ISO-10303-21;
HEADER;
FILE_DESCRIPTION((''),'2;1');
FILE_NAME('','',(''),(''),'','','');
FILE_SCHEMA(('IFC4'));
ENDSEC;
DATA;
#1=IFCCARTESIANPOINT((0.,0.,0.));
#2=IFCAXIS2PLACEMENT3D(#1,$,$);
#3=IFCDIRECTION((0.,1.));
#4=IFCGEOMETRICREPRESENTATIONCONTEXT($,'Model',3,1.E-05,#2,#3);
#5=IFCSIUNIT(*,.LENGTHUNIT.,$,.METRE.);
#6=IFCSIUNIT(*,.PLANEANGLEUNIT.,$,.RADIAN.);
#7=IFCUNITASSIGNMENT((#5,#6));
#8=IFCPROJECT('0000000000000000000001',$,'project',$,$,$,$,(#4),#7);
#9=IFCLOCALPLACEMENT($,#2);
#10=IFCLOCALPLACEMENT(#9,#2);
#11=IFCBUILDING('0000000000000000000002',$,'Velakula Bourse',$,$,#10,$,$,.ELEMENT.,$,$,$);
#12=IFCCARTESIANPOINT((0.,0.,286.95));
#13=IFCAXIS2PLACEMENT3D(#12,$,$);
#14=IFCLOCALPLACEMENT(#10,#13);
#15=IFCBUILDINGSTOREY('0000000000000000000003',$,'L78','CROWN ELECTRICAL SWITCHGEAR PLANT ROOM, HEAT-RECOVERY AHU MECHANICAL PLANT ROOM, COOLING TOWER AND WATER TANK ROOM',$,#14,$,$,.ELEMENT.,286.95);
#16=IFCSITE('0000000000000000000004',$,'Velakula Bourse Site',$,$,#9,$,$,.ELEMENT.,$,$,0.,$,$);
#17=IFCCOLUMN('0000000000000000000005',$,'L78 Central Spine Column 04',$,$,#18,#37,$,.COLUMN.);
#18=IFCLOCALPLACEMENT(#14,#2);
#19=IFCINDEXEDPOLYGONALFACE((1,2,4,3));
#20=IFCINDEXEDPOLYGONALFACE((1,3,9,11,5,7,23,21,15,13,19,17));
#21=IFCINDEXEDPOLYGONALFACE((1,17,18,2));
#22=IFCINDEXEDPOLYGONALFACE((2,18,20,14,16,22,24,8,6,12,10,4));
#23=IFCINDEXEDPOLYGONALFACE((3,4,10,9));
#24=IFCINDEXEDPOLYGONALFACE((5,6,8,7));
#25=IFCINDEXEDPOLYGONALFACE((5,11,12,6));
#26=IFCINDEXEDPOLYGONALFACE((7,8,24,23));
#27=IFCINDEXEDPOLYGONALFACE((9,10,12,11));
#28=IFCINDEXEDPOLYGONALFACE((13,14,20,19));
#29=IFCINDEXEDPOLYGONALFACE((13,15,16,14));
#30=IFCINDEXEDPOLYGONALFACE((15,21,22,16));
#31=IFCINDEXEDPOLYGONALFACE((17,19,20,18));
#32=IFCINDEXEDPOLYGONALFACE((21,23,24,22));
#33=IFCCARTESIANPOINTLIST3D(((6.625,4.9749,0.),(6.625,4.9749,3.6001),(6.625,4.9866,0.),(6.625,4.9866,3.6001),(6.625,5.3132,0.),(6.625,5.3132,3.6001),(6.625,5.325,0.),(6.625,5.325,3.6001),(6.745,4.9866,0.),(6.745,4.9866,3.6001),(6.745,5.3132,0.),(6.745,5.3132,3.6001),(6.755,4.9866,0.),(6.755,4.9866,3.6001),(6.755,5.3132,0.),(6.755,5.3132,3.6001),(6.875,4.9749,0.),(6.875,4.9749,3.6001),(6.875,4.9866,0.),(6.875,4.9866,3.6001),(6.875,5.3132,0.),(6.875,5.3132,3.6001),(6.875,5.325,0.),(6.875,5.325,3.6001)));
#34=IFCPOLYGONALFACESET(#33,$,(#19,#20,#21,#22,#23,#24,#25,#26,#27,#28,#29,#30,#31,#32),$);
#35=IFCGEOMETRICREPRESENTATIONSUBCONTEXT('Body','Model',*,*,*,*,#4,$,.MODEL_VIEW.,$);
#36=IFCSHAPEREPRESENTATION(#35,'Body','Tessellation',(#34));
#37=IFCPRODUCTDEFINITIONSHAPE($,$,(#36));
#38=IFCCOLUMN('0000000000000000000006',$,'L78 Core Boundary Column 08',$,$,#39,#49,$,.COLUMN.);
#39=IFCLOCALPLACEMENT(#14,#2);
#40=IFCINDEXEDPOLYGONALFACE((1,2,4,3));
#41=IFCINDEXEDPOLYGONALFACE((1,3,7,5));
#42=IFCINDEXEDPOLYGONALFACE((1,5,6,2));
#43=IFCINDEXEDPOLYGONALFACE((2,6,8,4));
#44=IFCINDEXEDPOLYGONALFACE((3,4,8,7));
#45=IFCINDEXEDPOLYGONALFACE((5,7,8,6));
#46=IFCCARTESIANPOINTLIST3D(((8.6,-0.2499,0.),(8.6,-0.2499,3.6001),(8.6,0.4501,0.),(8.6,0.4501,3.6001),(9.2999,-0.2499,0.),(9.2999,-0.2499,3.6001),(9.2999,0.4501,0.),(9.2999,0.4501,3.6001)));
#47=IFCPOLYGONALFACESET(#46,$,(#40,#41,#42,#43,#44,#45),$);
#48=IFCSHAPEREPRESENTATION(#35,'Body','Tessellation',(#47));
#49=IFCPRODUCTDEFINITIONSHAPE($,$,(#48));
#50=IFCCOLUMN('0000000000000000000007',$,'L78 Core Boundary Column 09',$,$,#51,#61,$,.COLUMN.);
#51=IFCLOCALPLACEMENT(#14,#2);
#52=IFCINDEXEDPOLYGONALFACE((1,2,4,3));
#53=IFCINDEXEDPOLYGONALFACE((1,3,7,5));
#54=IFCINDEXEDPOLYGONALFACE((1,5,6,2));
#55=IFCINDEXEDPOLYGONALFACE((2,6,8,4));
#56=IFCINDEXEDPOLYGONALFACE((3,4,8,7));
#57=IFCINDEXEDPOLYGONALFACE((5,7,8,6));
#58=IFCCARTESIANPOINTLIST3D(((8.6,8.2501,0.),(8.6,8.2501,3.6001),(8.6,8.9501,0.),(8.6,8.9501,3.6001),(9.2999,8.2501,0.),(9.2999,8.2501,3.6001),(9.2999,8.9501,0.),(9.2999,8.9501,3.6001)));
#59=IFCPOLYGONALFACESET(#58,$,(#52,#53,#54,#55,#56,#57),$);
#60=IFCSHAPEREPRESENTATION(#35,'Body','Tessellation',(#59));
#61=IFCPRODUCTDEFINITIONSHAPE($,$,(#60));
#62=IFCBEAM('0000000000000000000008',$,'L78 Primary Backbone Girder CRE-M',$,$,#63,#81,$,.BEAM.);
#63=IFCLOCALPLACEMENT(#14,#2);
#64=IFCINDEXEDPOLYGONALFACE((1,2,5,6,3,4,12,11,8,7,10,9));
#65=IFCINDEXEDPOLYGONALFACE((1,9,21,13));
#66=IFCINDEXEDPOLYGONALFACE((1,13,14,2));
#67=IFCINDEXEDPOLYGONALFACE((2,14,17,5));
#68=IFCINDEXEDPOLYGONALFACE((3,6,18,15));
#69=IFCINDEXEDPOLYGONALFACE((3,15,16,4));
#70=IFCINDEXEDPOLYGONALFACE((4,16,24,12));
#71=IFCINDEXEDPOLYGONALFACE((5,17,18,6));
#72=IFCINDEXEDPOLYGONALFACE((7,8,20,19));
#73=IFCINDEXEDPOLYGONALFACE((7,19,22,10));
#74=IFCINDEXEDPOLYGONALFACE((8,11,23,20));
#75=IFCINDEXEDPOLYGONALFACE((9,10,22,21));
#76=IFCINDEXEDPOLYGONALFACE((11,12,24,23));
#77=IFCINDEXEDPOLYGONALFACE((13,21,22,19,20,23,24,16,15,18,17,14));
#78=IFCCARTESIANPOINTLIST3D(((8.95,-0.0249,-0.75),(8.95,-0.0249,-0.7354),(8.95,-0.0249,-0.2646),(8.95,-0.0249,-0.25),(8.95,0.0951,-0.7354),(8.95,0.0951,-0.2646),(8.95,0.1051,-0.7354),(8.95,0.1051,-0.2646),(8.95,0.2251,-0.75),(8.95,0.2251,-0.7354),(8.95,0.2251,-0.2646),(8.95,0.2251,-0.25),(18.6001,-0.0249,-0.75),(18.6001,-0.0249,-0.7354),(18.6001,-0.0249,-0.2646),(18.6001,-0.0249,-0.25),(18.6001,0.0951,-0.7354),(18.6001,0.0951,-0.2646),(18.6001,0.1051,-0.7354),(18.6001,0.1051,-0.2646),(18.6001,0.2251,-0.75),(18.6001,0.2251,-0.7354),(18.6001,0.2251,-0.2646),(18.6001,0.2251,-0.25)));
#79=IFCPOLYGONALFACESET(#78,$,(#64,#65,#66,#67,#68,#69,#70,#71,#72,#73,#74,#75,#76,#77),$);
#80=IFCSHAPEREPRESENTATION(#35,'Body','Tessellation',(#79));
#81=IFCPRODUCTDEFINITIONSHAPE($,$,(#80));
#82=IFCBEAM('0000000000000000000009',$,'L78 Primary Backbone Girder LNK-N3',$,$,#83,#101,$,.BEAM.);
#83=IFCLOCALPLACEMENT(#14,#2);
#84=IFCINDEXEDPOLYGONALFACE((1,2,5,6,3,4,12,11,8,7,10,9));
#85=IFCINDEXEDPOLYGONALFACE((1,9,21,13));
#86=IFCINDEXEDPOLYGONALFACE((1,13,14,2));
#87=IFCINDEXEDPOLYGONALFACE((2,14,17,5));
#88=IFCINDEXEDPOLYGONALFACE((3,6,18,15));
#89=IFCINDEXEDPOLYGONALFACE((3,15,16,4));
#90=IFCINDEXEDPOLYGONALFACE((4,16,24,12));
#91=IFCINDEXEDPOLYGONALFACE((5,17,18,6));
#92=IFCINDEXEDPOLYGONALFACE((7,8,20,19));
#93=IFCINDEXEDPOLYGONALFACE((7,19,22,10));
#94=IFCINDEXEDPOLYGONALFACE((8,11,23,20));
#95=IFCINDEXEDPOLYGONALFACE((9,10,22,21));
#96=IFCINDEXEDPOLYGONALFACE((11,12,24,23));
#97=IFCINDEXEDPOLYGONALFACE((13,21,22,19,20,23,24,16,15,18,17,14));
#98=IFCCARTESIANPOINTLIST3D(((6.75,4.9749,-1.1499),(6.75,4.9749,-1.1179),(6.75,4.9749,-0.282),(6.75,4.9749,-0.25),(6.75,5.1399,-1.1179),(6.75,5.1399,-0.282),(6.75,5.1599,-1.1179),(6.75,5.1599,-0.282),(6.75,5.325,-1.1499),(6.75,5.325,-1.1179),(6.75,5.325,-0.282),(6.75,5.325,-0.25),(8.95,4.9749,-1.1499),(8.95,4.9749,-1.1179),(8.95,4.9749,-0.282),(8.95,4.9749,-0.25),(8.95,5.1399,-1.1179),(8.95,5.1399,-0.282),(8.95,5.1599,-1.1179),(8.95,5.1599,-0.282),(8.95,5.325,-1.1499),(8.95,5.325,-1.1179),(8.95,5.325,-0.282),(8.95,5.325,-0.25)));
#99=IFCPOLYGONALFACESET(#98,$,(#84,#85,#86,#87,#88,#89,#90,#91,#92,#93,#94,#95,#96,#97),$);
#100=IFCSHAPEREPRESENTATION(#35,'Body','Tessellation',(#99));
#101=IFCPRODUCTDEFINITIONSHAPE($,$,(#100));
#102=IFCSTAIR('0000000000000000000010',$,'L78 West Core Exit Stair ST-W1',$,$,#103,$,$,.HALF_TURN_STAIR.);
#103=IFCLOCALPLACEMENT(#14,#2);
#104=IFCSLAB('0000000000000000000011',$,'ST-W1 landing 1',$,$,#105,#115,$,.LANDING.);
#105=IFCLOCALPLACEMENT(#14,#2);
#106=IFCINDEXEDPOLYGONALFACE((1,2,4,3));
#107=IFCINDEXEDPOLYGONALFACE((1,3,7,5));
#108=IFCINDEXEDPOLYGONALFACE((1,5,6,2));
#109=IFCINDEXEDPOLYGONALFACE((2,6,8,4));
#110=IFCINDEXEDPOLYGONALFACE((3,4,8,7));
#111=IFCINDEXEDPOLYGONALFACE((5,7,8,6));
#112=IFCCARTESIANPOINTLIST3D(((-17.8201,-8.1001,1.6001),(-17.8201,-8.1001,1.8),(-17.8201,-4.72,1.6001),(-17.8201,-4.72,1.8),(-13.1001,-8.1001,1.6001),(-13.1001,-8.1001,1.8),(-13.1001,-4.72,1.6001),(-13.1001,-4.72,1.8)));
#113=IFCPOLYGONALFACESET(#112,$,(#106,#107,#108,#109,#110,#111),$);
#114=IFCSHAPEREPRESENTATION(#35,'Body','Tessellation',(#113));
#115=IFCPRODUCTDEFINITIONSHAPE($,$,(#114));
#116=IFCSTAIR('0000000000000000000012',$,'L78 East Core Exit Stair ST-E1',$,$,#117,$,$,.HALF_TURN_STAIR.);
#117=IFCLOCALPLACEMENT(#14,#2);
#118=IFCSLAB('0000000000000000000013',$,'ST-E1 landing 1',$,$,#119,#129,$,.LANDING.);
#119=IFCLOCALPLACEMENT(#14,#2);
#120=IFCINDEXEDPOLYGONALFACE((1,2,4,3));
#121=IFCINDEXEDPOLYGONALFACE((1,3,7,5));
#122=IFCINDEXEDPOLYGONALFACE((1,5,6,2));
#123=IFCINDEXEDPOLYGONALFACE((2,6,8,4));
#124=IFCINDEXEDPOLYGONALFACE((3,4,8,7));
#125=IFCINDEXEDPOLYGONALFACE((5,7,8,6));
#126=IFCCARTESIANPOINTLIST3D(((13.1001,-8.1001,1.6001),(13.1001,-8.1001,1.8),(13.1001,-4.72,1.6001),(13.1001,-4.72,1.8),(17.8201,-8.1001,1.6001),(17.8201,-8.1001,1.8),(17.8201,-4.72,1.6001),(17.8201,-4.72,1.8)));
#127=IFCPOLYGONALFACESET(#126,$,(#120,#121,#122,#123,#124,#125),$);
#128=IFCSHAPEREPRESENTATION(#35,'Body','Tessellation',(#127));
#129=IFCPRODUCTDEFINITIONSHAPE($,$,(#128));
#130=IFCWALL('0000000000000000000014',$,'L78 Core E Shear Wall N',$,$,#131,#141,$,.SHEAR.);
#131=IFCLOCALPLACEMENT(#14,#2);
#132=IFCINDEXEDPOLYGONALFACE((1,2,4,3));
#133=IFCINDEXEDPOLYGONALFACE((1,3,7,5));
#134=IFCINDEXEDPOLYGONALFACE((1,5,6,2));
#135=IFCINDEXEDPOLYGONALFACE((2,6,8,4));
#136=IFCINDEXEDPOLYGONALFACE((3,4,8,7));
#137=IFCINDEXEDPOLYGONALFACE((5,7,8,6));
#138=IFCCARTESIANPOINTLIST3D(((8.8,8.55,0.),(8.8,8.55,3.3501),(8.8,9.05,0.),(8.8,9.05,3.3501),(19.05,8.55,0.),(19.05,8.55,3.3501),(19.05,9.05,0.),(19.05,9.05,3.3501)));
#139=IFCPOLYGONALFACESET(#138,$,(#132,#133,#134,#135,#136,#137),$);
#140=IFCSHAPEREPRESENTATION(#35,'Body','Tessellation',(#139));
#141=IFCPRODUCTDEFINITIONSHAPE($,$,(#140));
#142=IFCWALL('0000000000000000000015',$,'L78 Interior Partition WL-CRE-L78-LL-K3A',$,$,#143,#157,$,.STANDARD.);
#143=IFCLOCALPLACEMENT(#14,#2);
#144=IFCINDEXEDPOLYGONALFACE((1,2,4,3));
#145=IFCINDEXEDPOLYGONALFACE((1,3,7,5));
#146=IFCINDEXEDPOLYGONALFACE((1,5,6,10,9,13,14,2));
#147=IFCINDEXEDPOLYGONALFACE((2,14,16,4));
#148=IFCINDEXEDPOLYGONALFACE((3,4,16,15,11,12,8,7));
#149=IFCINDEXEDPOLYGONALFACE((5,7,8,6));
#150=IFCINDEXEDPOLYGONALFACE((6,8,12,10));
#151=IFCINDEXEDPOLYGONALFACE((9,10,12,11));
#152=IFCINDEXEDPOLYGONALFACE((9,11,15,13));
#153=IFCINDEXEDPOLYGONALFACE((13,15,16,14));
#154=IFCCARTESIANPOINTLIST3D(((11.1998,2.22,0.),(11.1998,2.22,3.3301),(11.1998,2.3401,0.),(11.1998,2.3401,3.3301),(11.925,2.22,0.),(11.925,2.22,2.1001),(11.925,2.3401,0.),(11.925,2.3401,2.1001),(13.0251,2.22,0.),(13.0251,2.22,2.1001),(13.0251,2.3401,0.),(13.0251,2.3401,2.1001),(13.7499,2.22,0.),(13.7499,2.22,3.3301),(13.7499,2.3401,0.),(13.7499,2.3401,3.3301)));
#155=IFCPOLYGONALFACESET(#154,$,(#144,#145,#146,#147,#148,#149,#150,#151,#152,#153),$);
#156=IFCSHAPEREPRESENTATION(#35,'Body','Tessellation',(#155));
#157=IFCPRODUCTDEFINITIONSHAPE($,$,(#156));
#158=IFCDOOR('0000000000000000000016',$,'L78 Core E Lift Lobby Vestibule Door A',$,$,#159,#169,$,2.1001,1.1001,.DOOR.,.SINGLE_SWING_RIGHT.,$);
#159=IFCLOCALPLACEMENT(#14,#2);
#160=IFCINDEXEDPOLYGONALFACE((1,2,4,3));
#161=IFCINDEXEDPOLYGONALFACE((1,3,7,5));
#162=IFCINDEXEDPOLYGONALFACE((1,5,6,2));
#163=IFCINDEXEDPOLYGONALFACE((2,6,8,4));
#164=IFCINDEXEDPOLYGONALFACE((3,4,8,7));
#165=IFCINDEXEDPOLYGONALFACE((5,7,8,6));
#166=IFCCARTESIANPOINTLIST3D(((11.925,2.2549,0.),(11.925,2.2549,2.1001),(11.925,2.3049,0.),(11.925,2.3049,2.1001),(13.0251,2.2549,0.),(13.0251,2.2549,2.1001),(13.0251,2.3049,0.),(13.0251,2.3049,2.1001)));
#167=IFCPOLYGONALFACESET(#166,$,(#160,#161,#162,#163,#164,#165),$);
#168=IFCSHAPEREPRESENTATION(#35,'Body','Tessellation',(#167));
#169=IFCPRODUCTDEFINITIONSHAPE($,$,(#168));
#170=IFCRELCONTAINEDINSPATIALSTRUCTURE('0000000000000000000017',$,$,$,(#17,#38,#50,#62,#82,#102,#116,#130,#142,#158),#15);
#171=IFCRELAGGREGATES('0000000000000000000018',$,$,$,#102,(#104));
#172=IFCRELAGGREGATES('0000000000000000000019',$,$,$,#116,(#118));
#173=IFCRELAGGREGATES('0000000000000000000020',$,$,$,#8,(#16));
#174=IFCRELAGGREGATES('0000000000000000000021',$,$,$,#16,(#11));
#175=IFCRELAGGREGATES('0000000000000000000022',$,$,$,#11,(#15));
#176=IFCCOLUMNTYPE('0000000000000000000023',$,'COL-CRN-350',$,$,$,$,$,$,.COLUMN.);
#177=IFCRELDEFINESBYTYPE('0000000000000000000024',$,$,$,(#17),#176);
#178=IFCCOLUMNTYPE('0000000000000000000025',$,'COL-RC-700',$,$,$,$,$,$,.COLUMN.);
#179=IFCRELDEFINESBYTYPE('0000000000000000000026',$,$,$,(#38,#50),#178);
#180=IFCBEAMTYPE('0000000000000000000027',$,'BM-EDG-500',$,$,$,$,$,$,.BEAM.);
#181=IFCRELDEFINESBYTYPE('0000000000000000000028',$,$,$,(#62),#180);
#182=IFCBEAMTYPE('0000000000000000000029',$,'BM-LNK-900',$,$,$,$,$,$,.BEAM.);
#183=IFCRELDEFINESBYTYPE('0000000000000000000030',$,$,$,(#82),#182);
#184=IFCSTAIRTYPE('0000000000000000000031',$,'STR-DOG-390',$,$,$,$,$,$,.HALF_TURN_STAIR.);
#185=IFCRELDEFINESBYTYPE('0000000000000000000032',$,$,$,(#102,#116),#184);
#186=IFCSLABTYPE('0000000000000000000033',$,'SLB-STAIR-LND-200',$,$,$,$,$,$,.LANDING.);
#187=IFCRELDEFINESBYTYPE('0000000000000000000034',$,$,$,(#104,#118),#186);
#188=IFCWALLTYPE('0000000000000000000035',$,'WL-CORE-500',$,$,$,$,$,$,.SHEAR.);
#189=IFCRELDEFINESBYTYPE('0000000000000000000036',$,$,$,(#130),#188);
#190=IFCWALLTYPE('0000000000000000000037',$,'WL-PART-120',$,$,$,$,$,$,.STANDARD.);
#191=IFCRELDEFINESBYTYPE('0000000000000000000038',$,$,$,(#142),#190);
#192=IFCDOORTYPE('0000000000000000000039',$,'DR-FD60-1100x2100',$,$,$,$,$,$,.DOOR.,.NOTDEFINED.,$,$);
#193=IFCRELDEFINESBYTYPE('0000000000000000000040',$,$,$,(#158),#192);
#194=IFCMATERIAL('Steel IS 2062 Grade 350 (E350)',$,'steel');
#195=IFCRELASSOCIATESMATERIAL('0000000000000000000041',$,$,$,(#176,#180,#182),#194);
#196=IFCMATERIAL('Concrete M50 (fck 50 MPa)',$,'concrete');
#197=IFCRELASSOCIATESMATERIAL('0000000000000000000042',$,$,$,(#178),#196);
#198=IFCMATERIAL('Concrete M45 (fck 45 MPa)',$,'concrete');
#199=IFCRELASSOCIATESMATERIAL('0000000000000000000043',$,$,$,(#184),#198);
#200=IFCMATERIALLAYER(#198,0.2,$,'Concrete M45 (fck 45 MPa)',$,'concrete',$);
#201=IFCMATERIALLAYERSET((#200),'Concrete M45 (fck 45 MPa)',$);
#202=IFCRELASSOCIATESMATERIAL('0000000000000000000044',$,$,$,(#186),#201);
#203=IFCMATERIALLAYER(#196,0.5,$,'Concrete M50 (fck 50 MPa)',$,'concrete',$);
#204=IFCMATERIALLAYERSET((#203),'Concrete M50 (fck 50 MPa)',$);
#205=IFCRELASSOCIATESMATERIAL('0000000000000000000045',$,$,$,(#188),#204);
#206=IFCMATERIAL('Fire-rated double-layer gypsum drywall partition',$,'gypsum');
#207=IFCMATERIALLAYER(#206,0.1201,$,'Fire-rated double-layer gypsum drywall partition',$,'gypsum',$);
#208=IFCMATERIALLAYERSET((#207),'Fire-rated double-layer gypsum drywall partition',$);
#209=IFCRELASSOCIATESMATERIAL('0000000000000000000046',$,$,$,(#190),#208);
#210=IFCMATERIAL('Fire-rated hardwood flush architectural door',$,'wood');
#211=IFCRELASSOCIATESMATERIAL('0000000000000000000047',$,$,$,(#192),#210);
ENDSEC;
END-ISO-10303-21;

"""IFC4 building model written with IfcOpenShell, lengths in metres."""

from ifc_helpers import new_model, si_unit, direction, frame, frame_2d, origin, origin_2d, place, context, subcontext, project, spatial, polyline, rectangle, i_section, outline, extrude, material, layer, layer_set, material_profile, profile_set, type_object, element, fill, aggregate, save


model = new_model("IFC4")

# Units and contexts
model_context = context("Model", 3, precision=1e-05, world=origin(), true_north=direction((0.0, 1.0)))
body_context = subcontext(model_context, "Body", "Model", "MODEL_VIEW")
ifc_project = project(units=[si_unit("LENGTHUNIT", "METRE"), si_unit("PLANEANGLEUNIT", "RADIAN")], contexts=[model_context])

# Site, building, storey
site_placement = place(None, origin())
site = spatial("IfcSite", under=ifc_project, at=site_placement, Name="Velakula Bourse Site", CompositionType="ELEMENT", RefElevation=0.0)
building_placement = place(site_placement, origin())
building = spatial("IfcBuilding", under=site, at=building_placement, Name="Velakula Bourse", CompositionType="ELEMENT")
storey_placement = place(building_placement, frame((0.0, 0.0, 286.95)))
storey = spatial("IfcBuildingStorey", under=building, at=storey_placement, Name="L78", Description="CROWN ELECTRICAL SWITCHGEAR PLANT ROOM, HEAT-RECOVERY AHU MECHANICAL PLANT ROOM, COOLING TOWER AND WATER TANK ROOM", CompositionType="ELEMENT", Elevation=286.95)

# Columns
ifc_material_1 = material(Name="Steel IS 2062 Grade 350 (E350)", Category="steel")
ifc_material_profile_1 = material_profile(ifc_material_1, i_section(OverallWidth=0.25, OverallDepth=0.3501, WebThickness=0.01, FlangeThickness=0.0117, at=origin_2d()), Name="Steel IS 2062 Grade 350 (E350)")
ifc_profile_set_1 = profile_set([ifc_material_profile_1], Name="Steel IS 2062 Grade 350 (E350)")
column_type_1 = type_object("IfcColumnType", Name="COL-CRN-350", PredefinedType="COLUMN", material=ifc_profile_set_1)
column_placement = place(storey_placement, frame((6.75, 5.1499, 0.0), z_axis=(0.0, 0.0, 1.0), x_axis=(1.0, 0.0, 0.0)))
element("IfcColumn", 1, at=column_placement, inside=storey, type_object=column_type_1, Name="L78 Central Spine Column 04", PredefinedType="COLUMN", context=body_context, shape_type="SweptSolid", body=[
    extrude(i_section(OverallWidth=0.25, OverallDepth=0.3501, WebThickness=0.01, FlangeThickness=0.0117, at=origin_2d()), origin(), (0.0, 0.0, 1.0), 3.6001),
])
ifc_material_2 = material(Name="Concrete M50 (fck 50 MPa)", Category="concrete")
ifc_material_profile_2 = material_profile(ifc_material_2, rectangle(XDim=0.7, YDim=0.7, at=origin_2d()), Name="Concrete M50 (fck 50 MPa)")
ifc_profile_set_2 = profile_set([ifc_material_profile_2], Name="Concrete M50 (fck 50 MPa)")
column_type_2 = type_object("IfcColumnType", Name="COL-RC-700", PredefinedType="COLUMN", material=ifc_profile_set_2)
for number, where, z_axis, x_axis, name in (
    (2, (8.95, 0.1001, 0.0), (0.0, 0.0, 1.0), (1.0, 0.0, 0.0), "L78 Core Boundary Column 08"),
    (3, (8.95, 8.6001, 0.0), (0.0, 0.0, 1.0), (1.0, 0.0, 0.0), "L78 Core Boundary Column 09"),
):
    element("IfcColumn", number, at=place(storey_placement, frame(where, z_axis=z_axis, x_axis=x_axis)), inside=storey, type_object=column_type_2, Name=name, PredefinedType="COLUMN", context=body_context, shape_type="SweptSolid", body=[
        extrude(rectangle(XDim=0.7, YDim=0.7, at=origin_2d()), origin(), (0.0, 0.0, 1.0), 3.6001),
    ])

# Beams
ifc_material_profile_3 = material_profile(ifc_material_1, i_section(OverallWidth=0.25, OverallDepth=0.5, WebThickness=0.01, FlangeThickness=0.0146, at=origin_2d()), Name="Steel IS 2062 Grade 350 (E350)")
ifc_profile_set_3 = profile_set([ifc_material_profile_3], Name="Steel IS 2062 Grade 350 (E350)")
beam_type_1 = type_object("IfcBeamType", Name="BM-EDG-500", PredefinedType="BEAM", material=ifc_profile_set_3)
beam_1_placement = place(storey_placement, frame((8.95, 0.1001, -0.5), z_axis=(1.0, 0.0, 0.0), x_axis=(0.0, 1.0, 0.0)))
element("IfcBeam", 4, at=beam_1_placement, inside=storey, type_object=beam_type_1, Name="L78 Primary Backbone Girder CRE-M", PredefinedType="BEAM", context=body_context, shape_type="SweptSolid", body=[
    extrude(i_section(OverallWidth=0.25, OverallDepth=0.5, WebThickness=0.01, FlangeThickness=0.0146, at=origin_2d()), origin(), (0.0, 0.0, 1.0), 9.6501),
])
ifc_material_profile_4 = material_profile(ifc_material_1, i_section(OverallWidth=0.3501, OverallDepth=0.8999, WebThickness=0.02, FlangeThickness=0.032, at=origin_2d()), Name="Steel IS 2062 Grade 350 (E350)")
ifc_profile_set_4 = profile_set([ifc_material_profile_4], Name="Steel IS 2062 Grade 350 (E350)")
beam_type_2 = type_object("IfcBeamType", Name="BM-LNK-900", PredefinedType="BEAM", material=ifc_profile_set_4)
beam_2_placement = place(storey_placement, frame((6.75, 5.1499, -0.7), z_axis=(1.0, 0.0, 0.0), x_axis=(0.0, 1.0, 0.0)))
element("IfcBeam", 5, at=beam_2_placement, inside=storey, type_object=beam_type_2, Name="L78 Primary Backbone Girder LNK-N3", PredefinedType="BEAM", context=body_context, shape_type="SweptSolid", body=[
    extrude(i_section(OverallWidth=0.3501, OverallDepth=0.8999, WebThickness=0.02, FlangeThickness=0.032, at=origin_2d()), origin(), (0.0, 0.0, 1.0), 2.2),
])

# Stairs, slabs
ifc_material_3 = material(Name="Concrete M45 (fck 45 MPa)", Category="concrete")
stair_type = type_object("IfcStairType", Name="STR-DOG-390", PredefinedType="HALF_TURN_STAIR", material=ifc_material_3)
stair_1_placement = place(storey_placement, origin())
stair_1 = element("IfcStair", 6, at=stair_1_placement, inside=storey, type_object=stair_type, Name="L78 West Core Exit Stair ST-W1", PredefinedType="HALF_TURN_STAIR")
ifc_layer_1 = layer(ifc_material_3, 0.2, Name="Concrete M45 (fck 45 MPa)", Category="concrete")
ifc_layer_set_1 = layer_set([ifc_layer_1], Name="Concrete M45 (fck 45 MPa)")
slab_type = type_object("IfcSlabType", Name="SLB-STAIR-LND-200", PredefinedType="LANDING", material=ifc_layer_set_1)
slab_1_placement = place(storey_placement, frame((0.0, 0.0, 1.6001)))
slab_1 = element("IfcSlab", 7, at=slab_1_placement, type_object=slab_type, Name="ST-W1 landing 1", PredefinedType="LANDING", context=body_context, shape_type="SweptSolid", body=[
    extrude(outline(polyline([(-17.8201, -4.72), (-17.8201, -8.1001), (-13.1001, -8.1001), (-13.1001, -4.72), (-17.8201, -4.72)])), origin(), (0.0, 0.0, 1.0), 0.2),
])
aggregate(stair_1, [slab_1])
stair_2_placement = place(storey_placement, origin())
stair_2 = element("IfcStair", 8, at=stair_2_placement, inside=storey, type_object=stair_type, Name="L78 East Core Exit Stair ST-E1", PredefinedType="HALF_TURN_STAIR")
slab_2_placement = place(storey_placement, frame((0.0, 0.0, 1.6001)))
slab_2 = element("IfcSlab", 9, at=slab_2_placement, type_object=slab_type, Name="ST-E1 landing 1", PredefinedType="LANDING", context=body_context, shape_type="SweptSolid", body=[
    extrude(outline(polyline([(13.1001, -4.72), (13.1001, -8.1001), (17.8201, -8.1001), (17.8201, -4.72), (13.1001, -4.72)])), origin(), (0.0, 0.0, 1.0), 0.2),
])
aggregate(stair_2, [slab_2])

# Wall
ifc_layer_2 = layer(ifc_material_2, 0.5, Name="Concrete M50 (fck 50 MPa)", Category="concrete")
ifc_layer_set_2 = layer_set([ifc_layer_2], Name="Concrete M50 (fck 50 MPa)")
wall_type_1 = type_object("IfcWallType", Name="WL-CORE-500", PredefinedType="SHEAR", material=ifc_layer_set_2)
wall_1_placement = place(storey_placement, frame((8.8, 8.8, 0.0), z_axis=(0.0, 0.0, 1.0), x_axis=(1.0, 0.0, 0.0)))
element("IfcWall", 10, at=wall_1_placement, inside=storey, type_object=wall_type_1, Name="L78 Core E Shear Wall N", PredefinedType="SHEAR", context=body_context, shape_type="SweptSolid", body=[
    extrude(rectangle(XDim=10.25, YDim=0.5, at=frame_2d((5.125, 0.0))), origin(), (0.0, 0.0, 1.0), 3.3501),
])

# Wall, opening, door
ifc_material_4 = material(Name="Fire-rated double-layer gypsum drywall partition", Category="gypsum")
ifc_layer_3 = layer(ifc_material_4, 0.1201, Name="Fire-rated double-layer gypsum drywall partition", Category="gypsum")
ifc_layer_set_3 = layer_set([ifc_layer_3], Name="Fire-rated double-layer gypsum drywall partition")
wall_type_2 = type_object("IfcWallType", Name="WL-PART-120", PredefinedType="STANDARD", material=ifc_layer_set_3)
wall_2_placement = place(storey_placement, frame((11.2, 2.28, 0.0), z_axis=(0.0, 0.0, 1.0), x_axis=(1.0, 0.0, 0.0)))
wall_2 = element("IfcWall", 11, at=wall_2_placement, inside=storey, type_object=wall_type_2, Name="L78 Interior Partition WL-CRE-L78-LL-K3A", PredefinedType="STANDARD", context=body_context, shape_type="SweptSolid", body=[
    extrude(rectangle(XDim=2.55, YDim=0.1201, at=frame_2d((1.2749, 0.0))), origin(), (0.0, 0.0, 1.0), 3.3301),
])
opening_1_placement = place(wall_2_placement, frame((0.7251, 0.0, 0.0)))
opening_1 = element("IfcOpeningElement", 12, at=opening_1_placement, cuts=wall_2, PredefinedType="OPENING", context=body_context, shape_type="SweptSolid", body=[
    extrude(rectangle(XDim=1.1001, YDim=2.1001, at=frame_2d((0.55, 1.05))), frame((0.0, 0.0701, 0.0), z_axis=(0.0, -1.0, 0.0), x_axis=(1.0, 0.0, 0.0)), (0.0, 0.0, 1.0), 0.1401),
])
ifc_material_5 = material(Name="Fire-rated hardwood flush architectural door", Category="wood")
door_type_1 = type_object("IfcDoorType", Name="DR-FD60-1100x2100", OperationType="NOTDEFINED", PredefinedType="DOOR", material=ifc_material_5)
door_1_placement = place(opening_1_placement, origin())
door_1 = element("IfcDoor", 13, at=door_1_placement, inside=storey, type_object=door_type_1, Name="L78 Core E Lift Lobby Vestibule Door A", OperationType="SINGLE_SWING_RIGHT", OverallHeight=2.1001, OverallWidth=1.1001, PredefinedType="DOOR", context=body_context, shape_type="SweptSolid", body=[
    extrude(rectangle(XDim=1.1001, YDim=2.1001, at=frame_2d((0.55, 1.05))), frame((0.0, 0.0249, 0.0), z_axis=(0.0, -1.0, 0.0), x_axis=(1.0, 0.0, 0.0)), (0.0, 0.0, 1.0), 0.05),
])
fill(opening_1, door_1)

save(model, "model.ifc")
